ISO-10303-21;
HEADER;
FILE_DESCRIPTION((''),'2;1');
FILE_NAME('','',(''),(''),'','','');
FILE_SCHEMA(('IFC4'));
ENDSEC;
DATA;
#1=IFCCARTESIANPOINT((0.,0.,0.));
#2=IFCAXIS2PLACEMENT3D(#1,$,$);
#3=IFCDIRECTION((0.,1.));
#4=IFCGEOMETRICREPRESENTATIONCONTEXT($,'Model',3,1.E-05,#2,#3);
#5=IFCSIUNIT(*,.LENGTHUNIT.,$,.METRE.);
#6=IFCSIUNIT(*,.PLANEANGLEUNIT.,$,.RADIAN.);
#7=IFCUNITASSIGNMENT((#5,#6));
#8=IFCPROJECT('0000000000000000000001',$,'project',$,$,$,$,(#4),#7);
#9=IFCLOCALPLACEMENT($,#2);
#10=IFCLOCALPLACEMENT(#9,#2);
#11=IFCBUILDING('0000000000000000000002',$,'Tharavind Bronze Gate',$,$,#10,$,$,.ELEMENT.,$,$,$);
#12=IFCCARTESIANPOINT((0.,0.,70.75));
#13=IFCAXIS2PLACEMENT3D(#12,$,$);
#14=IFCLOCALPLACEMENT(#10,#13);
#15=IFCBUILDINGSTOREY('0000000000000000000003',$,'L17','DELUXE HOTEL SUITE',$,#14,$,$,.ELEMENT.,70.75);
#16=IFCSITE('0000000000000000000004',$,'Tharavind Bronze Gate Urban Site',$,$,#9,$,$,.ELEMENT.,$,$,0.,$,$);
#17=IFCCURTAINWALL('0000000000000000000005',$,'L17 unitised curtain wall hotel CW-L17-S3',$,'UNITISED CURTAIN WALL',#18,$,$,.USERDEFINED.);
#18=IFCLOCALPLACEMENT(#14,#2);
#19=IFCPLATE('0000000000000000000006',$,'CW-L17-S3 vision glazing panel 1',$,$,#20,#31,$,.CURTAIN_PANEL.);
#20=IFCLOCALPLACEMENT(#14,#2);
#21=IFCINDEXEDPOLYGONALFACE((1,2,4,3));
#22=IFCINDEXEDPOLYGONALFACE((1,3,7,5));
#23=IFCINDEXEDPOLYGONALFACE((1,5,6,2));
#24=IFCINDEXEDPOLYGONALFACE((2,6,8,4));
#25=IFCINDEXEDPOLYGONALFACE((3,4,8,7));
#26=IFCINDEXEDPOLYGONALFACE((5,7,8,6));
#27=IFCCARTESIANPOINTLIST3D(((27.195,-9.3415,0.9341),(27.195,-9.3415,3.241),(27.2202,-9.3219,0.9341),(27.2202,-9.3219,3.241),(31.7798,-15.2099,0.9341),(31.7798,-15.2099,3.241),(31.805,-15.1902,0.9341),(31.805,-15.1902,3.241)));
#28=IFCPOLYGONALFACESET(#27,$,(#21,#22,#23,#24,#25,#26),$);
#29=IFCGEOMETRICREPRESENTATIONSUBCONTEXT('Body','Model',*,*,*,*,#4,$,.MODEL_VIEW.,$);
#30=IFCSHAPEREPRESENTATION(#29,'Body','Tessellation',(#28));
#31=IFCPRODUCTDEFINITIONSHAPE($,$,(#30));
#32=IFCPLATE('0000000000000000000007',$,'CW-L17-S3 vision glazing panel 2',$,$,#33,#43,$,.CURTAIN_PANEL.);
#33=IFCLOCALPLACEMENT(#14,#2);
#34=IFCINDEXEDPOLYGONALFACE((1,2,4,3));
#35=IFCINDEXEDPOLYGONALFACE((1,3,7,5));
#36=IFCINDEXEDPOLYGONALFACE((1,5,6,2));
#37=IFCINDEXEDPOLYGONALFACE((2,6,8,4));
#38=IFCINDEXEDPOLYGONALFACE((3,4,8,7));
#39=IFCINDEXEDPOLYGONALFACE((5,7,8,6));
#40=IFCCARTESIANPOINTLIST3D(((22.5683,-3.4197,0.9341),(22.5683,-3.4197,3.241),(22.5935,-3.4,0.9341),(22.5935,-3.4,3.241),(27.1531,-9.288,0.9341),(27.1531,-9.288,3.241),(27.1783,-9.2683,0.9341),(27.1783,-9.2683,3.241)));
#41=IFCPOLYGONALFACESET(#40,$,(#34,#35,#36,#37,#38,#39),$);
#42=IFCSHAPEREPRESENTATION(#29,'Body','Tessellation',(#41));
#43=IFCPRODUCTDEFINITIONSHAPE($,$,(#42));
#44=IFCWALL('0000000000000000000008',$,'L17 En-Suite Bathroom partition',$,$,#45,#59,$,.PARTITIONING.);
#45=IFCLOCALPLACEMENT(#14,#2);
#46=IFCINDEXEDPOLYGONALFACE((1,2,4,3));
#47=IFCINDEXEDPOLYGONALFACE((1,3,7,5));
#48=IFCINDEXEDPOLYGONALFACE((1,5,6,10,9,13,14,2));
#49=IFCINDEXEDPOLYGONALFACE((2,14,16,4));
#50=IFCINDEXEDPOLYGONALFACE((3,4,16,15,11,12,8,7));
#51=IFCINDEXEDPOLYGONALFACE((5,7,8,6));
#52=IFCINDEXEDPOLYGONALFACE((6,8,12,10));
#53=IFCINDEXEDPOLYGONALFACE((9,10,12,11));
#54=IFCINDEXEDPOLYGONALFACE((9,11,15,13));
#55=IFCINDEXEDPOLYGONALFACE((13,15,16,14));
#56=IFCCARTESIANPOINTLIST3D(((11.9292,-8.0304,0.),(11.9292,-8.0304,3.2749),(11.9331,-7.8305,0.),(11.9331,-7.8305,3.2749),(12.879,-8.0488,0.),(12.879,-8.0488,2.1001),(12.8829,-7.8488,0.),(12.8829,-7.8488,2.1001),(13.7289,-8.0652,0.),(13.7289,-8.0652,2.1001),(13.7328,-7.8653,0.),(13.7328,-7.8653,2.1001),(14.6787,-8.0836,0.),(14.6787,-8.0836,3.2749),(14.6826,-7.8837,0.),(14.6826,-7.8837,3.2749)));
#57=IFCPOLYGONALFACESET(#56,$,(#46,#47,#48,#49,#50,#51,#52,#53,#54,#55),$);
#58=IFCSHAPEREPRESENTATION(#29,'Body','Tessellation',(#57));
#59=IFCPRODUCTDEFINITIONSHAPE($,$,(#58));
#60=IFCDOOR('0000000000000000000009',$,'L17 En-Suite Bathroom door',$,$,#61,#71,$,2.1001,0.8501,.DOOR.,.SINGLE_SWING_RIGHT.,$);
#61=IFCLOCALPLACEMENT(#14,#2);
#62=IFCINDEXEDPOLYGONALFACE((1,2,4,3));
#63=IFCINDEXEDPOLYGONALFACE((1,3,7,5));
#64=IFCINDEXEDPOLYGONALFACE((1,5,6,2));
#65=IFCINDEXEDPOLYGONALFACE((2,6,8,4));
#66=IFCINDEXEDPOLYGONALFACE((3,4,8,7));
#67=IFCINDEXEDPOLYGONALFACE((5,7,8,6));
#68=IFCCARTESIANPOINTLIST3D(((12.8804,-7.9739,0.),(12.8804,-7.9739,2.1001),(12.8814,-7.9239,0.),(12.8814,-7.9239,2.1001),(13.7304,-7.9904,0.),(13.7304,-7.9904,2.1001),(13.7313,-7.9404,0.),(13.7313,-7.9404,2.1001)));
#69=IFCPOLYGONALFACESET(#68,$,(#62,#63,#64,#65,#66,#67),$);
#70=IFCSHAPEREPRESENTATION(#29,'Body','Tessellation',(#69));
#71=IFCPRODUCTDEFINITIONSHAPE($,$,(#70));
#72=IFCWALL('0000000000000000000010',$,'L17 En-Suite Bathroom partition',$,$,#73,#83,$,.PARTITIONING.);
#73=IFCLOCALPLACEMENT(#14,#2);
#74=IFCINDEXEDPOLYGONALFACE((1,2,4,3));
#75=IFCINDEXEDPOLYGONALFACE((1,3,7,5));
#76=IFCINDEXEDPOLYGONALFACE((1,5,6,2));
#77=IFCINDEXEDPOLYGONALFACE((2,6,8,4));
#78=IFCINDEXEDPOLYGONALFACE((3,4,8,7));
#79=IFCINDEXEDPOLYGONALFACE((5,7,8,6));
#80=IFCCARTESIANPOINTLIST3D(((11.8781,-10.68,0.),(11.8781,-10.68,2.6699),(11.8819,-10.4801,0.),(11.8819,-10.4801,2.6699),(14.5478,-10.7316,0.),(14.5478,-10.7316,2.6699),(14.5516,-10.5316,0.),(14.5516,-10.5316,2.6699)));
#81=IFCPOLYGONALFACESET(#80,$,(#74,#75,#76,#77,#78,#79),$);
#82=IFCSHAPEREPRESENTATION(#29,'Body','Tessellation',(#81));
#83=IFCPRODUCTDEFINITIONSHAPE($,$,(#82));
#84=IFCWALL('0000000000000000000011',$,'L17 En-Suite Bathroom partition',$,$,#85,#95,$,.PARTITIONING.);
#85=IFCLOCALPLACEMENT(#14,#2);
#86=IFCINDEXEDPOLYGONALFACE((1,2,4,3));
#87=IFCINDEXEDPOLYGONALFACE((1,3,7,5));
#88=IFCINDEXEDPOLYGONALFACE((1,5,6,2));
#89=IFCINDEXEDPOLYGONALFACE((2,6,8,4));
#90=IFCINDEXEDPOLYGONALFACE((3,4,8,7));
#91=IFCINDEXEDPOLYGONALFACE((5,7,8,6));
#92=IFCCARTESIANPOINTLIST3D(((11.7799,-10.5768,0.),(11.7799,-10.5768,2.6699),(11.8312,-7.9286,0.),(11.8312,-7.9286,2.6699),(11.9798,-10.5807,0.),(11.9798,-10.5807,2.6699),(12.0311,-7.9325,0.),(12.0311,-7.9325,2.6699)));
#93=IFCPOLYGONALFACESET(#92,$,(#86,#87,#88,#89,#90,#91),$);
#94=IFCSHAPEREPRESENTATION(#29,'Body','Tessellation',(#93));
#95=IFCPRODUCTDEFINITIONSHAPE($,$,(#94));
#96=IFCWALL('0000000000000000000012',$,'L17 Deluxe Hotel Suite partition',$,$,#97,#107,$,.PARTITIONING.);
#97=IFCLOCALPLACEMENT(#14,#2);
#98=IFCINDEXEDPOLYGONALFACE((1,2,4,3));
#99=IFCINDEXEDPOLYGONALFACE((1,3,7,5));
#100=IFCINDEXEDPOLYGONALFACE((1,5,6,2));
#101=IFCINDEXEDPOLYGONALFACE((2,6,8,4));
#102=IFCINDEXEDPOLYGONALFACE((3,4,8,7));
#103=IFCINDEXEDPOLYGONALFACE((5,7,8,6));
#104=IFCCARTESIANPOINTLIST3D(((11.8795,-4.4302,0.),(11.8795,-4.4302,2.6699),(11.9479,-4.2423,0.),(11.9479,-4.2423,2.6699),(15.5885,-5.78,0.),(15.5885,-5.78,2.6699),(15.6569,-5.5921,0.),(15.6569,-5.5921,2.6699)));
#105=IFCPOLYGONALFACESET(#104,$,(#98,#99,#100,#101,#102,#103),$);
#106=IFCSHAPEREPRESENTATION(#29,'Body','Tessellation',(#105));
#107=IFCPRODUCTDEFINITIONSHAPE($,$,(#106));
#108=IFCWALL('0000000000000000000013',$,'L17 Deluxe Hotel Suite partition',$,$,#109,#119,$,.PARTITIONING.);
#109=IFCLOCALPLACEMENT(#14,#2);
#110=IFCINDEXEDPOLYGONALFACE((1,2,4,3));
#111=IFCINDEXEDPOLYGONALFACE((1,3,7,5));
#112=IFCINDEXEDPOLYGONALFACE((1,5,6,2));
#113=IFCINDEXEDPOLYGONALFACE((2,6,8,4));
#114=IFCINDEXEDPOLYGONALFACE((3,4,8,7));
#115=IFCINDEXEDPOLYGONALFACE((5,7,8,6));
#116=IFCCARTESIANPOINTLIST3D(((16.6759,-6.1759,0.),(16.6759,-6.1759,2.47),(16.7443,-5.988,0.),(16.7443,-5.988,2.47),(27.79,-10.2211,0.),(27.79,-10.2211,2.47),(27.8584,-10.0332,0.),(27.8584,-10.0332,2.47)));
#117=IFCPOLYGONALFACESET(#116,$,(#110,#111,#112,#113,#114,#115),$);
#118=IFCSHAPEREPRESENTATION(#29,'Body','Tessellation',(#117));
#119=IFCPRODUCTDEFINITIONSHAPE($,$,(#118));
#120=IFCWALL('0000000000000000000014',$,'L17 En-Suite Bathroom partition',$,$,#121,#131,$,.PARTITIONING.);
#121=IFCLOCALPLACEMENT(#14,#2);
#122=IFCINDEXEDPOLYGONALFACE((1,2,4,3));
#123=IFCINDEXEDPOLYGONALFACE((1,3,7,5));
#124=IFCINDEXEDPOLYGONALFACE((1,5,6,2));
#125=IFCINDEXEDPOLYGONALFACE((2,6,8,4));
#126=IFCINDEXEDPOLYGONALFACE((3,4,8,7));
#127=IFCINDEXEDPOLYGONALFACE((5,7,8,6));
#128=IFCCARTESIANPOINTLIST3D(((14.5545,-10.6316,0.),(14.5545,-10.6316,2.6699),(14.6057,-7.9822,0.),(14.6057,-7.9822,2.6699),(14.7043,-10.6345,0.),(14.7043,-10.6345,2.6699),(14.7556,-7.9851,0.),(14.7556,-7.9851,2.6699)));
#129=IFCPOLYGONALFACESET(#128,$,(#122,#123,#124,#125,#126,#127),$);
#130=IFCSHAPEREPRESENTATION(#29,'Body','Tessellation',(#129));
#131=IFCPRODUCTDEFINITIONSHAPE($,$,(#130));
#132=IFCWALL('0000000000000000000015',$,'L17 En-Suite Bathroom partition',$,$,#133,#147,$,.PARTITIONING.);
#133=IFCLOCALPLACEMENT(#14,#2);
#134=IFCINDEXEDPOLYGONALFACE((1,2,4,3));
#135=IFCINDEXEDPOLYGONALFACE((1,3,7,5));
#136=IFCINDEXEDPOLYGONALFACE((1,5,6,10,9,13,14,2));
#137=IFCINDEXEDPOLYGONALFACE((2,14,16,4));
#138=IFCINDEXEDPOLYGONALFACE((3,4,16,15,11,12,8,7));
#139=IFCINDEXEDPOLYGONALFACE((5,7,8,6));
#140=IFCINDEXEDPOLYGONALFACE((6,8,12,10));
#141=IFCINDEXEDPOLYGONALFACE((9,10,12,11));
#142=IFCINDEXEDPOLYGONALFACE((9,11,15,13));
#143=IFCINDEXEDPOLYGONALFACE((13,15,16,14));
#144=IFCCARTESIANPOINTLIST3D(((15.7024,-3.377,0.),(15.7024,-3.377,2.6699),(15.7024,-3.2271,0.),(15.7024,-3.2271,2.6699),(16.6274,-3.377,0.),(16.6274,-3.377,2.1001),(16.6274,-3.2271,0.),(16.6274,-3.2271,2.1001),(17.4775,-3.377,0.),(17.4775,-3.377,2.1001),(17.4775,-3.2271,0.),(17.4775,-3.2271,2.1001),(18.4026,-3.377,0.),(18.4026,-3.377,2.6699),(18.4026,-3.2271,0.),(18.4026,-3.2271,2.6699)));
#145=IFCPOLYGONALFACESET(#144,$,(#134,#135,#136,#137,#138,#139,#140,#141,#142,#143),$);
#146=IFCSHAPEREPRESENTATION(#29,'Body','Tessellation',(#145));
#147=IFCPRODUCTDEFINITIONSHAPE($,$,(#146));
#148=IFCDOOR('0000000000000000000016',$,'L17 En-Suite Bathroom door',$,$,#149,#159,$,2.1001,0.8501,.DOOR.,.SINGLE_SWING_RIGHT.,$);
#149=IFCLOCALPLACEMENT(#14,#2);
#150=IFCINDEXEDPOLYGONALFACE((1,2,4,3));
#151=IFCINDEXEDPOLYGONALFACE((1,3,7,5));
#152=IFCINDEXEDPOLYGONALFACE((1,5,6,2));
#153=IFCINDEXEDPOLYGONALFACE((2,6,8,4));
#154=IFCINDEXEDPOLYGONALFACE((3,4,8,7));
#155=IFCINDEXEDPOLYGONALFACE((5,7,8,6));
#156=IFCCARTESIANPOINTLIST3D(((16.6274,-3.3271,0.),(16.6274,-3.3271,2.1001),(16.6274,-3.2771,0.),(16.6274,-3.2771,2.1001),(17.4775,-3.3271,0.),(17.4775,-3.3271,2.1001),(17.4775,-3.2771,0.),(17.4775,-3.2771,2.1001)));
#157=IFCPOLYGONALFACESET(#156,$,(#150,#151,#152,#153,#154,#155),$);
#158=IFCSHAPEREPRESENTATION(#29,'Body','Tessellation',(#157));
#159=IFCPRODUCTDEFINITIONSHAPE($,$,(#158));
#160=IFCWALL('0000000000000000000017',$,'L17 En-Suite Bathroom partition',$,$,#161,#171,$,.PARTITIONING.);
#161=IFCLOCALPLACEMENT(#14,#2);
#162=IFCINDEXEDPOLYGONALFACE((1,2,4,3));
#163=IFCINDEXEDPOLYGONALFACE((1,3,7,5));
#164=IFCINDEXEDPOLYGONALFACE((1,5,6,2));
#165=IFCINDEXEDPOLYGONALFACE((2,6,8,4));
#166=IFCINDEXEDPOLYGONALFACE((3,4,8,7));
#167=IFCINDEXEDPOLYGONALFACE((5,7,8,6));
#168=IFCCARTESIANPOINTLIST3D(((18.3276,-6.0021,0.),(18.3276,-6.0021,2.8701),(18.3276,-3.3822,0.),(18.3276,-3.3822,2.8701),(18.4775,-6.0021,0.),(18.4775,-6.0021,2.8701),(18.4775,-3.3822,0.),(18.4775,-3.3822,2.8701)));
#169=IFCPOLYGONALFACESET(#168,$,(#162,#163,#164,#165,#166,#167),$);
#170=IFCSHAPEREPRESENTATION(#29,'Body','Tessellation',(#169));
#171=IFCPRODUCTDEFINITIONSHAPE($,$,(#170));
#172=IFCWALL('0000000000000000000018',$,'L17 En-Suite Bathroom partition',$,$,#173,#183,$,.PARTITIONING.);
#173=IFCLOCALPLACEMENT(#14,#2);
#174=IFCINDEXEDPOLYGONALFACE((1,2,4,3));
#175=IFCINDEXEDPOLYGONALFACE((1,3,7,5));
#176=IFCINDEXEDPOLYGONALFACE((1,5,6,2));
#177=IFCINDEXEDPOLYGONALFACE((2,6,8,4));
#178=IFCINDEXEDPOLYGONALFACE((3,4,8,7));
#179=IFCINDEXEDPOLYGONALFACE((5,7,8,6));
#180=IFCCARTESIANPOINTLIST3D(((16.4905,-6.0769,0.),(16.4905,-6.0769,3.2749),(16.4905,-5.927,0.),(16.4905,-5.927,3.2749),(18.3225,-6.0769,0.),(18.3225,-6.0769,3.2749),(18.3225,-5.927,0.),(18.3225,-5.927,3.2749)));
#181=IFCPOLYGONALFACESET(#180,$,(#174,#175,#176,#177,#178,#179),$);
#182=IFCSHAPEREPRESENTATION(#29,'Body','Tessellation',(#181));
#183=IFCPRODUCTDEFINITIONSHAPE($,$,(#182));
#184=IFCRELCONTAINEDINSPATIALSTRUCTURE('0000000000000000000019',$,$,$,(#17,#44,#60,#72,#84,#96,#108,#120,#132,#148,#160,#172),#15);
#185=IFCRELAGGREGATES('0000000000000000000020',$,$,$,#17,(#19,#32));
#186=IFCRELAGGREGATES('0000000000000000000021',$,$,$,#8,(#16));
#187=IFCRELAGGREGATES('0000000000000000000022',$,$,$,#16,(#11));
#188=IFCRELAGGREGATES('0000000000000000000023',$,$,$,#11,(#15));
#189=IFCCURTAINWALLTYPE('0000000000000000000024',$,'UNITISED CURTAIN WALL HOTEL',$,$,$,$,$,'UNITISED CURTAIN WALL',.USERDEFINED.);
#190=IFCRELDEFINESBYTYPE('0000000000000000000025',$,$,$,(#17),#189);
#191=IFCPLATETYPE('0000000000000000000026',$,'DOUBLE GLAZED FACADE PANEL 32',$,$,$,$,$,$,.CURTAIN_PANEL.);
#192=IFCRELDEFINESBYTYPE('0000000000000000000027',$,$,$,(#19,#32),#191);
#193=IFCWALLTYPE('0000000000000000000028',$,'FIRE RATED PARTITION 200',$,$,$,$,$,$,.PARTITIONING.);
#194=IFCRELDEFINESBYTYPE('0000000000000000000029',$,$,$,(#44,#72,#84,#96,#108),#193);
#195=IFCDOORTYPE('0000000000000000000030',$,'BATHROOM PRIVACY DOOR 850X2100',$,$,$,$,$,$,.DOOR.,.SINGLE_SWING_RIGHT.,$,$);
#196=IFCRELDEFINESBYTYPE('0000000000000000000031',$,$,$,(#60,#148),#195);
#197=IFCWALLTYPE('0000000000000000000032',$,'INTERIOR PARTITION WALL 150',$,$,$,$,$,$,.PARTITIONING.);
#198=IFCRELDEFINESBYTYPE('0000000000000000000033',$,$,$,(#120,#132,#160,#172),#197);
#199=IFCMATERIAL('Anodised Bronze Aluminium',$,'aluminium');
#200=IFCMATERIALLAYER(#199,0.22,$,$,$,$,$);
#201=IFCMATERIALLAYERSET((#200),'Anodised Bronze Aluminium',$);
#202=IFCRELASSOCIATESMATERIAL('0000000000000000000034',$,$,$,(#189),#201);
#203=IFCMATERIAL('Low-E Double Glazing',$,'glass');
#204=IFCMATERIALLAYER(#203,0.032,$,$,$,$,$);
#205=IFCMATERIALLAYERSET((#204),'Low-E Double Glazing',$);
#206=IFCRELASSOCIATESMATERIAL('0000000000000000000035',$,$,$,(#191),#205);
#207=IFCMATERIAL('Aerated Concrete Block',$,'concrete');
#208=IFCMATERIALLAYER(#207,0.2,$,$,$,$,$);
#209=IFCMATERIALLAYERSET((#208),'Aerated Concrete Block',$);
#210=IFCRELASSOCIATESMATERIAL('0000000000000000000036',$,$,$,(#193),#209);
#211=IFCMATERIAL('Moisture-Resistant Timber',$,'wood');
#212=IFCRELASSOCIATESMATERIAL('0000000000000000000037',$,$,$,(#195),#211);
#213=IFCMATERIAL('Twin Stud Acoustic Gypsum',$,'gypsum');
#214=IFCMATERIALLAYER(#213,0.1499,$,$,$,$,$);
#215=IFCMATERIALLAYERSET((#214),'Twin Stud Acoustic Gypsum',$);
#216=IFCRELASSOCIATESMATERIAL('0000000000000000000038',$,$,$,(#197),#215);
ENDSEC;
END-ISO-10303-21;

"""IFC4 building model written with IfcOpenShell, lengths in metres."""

from ifc_helpers import new_model, si_unit, direction, frame, frame_2d, origin, origin_2d, place, context, subcontext, project, spatial, rectangle, extrude, material, layer, layer_set, type_object, element, fill, aggregate, save


model = new_model("IFC4")

# Units and contexts
model_context = context("Model", 3, precision=1e-05, world=origin(), true_north=direction((0.0, 1.0)))
body_context = subcontext(model_context, "Body", "Model", "MODEL_VIEW")
ifc_project = project(units=[si_unit("LENGTHUNIT", "METRE"), si_unit("PLANEANGLEUNIT", "RADIAN")], contexts=[model_context])

# Site, building, storey
site_placement = place(None, origin())
site = spatial("IfcSite", under=ifc_project, at=site_placement, Name="Tharavind Bronze Gate Urban Site", CompositionType="ELEMENT", RefElevation=0.0)
building_placement = place(site_placement, origin())
building = spatial("IfcBuilding", under=site, at=building_placement, Name="Tharavind Bronze Gate", CompositionType="ELEMENT")
storey_placement = place(building_placement, frame((0.0, 0.0, 70.75)))
storey = spatial("IfcBuildingStorey", under=building, at=storey_placement, Name="L17", Description="DELUXE HOTEL SUITE", CompositionType="ELEMENT", Elevation=70.75)

# Curtain wall
ifc_material_1 = material(Name="Anodised Bronze Aluminium", Category="aluminium")
ifc_layer_1 = layer(ifc_material_1, 0.22)
ifc_layer_set_1 = layer_set([ifc_layer_1], Name="Anodised Bronze Aluminium")
curtain_wall_type = type_object("IfcCurtainWallType", Name="UNITISED CURTAIN WALL HOTEL", ElementType="UNITISED CURTAIN WALL", PredefinedType="USERDEFINED", material=ifc_layer_set_1)
curtain_wall_placement = place(storey_placement, origin())
curtain_wall = element("IfcCurtainWall", 1, at=curtain_wall_placement, inside=storey, type_object=curtain_wall_type, Name="L17 unitised curtain wall hotel CW-L17-S3", ObjectType="UNITISED CURTAIN WALL", PredefinedType="USERDEFINED")

# Plates
ifc_material_2 = material(Name="Low-E Double Glazing", Category="glass")
ifc_layer_2 = layer(ifc_material_2, 0.032)
ifc_layer_set_2 = layer_set([ifc_layer_2], Name="Low-E Double Glazing")
plate_type_1 = type_object("IfcPlateType", Name="DOUBLE GLAZED FACADE PANEL 32", PredefinedType="CURTAIN_PANEL", material=ifc_layer_set_2)
plate_1_placement = place(storey_placement, frame((29.5, -12.2659, 0.9341), z_axis=(0.0, 0.0, 1.0), x_axis=(-0.615661, 0.788011, 0.0)))
plate_1 = element("IfcPlate", 2, at=plate_1_placement, type_object=plate_type_1, Name="CW-L17-S3 vision glazing panel 1", PredefinedType="CURTAIN_PANEL", context=body_context, shape_type="SweptSolid", body=[
    extrude(rectangle(XDim=7.447, YDim=0.032, at=origin_2d()), origin(), (0.0, 0.0, 1.0), 2.3069),
])
plate_2_placement = place(storey_placement, frame((24.8733, -6.344, 0.9341), z_axis=(0.0, 0.0, 1.0), x_axis=(-0.615661, 0.788011, 0.0)))
plate_2 = element("IfcPlate", 3, at=plate_2_placement, type_object=plate_type_1, Name="CW-L17-S3 vision glazing panel 2", PredefinedType="CURTAIN_PANEL", context=body_context, shape_type="SweptSolid", body=[
    extrude(rectangle(XDim=7.447, YDim=0.032, at=origin_2d()), origin(), (0.0, 0.0, 1.0), 2.3069),
])
aggregate(curtain_wall, [plate_1, plate_2])

# Wall, opening, door
ifc_material_3 = material(Name="Aerated Concrete Block", Category="concrete")
ifc_layer_3 = layer(ifc_material_3, 0.2)
ifc_layer_set_3 = layer_set([ifc_layer_3], Name="Aerated Concrete Block")
wall_type_1 = type_object("IfcWallType", Name="FIRE RATED PARTITION 200", PredefinedType="PARTITIONING", material=ifc_layer_set_3)
wall_1_placement = place(storey_placement, frame((11.9312, -7.9304, 0.0), z_axis=(0.0, 0.0, 1.0), x_axis=(0.999813, -0.019354, 0.0)))
wall_1 = element("IfcWall", 4, at=wall_1_placement, inside=storey, type_object=wall_type_1, Name="L17 En-Suite Bathroom partition", PredefinedType="PARTITIONING", context=body_context, shape_type="SweptSolid", body=[
    extrude(rectangle(XDim=2.75, YDim=0.2, at=frame_2d((1.375, 0.0))), origin(), (0.0, 0.0, 1.0), 3.2749),
])
opening_1_placement = place(wall_1_placement, frame((0.95, 0.0, 0.0)))
opening_1 = element("IfcOpeningElement", 5, at=opening_1_placement, cuts=wall_1, PredefinedType="OPENING", context=body_context, shape_type="SweptSolid", body=[
    extrude(rectangle(XDim=0.8501, YDim=2.1001, at=frame_2d((0.425, 1.05))), frame((0.0, 0.1101, 0.0), z_axis=(0.0, -1.0, 0.0), x_axis=(1.0, 0.0, 0.0)), (0.0, 0.0, 1.0), 0.22),
])
ifc_material_4 = material(Name="Moisture-Resistant Timber", Category="wood")
door_type_1 = type_object("IfcDoorType", Name="BATHROOM PRIVACY DOOR 850X2100", OperationType="SINGLE_SWING_RIGHT", PredefinedType="DOOR", material=ifc_material_4)
door_1_placement = place(opening_1_placement, origin())
door_1 = element("IfcDoor", 6, at=door_1_placement, inside=storey, type_object=door_type_1, Name="L17 En-Suite Bathroom door", OperationType="SINGLE_SWING_RIGHT", OverallHeight=2.1001, OverallWidth=0.8501, PredefinedType="DOOR", context=body_context, shape_type="SweptSolid", body=[
    extrude(rectangle(XDim=0.8501, YDim=2.1001, at=frame_2d((0.425, 1.05))), frame((0.0, 0.0249, 0.0), z_axis=(0.0, -1.0, 0.0), x_axis=(1.0, 0.0, 0.0)), (0.0, 0.0, 1.0), 0.05),
])
fill(opening_1, door_1)

# Walls
wall_2_placement = place(storey_placement, frame((14.5496, -10.6316, 0.0), z_axis=(0.0, 0.0, 1.0), x_axis=(-0.999814, 0.019292, 0.0)))
element("IfcWall", 7, at=wall_2_placement, inside=storey, type_object=wall_type_1, Name="L17 En-Suite Bathroom partition", PredefinedType="PARTITIONING", context=body_context, shape_type="SweptSolid", body=[
    extrude(rectangle(XDim=2.6702, YDim=0.2, at=frame_2d((1.335, 0.0))), origin(), (0.0, 0.0, 1.0), 2.6699),
])
wall_3_placement = place(storey_placement, frame((11.8799, -10.5786, 0.0), z_axis=(0.0, 0.0, 1.0), x_axis=(0.019357, 0.999813, 0.0)))
element("IfcWall", 8, at=wall_3_placement, inside=storey, type_object=wall_type_1, Name="L17 En-Suite Bathroom partition", PredefinedType="PARTITIONING", context=body_context, shape_type="SweptSolid", body=[
    extrude(rectangle(XDim=2.6487, YDim=0.2, at=frame_2d((1.3242, 0.0))), origin(), (0.0, 0.0, 1.0), 2.6699),
])
wall_4_placement = place(storey_placement, frame((11.9136, -4.3362, 0.0), z_axis=(0.0, 0.0, 1.0), x_axis=(0.939701, -0.341996, 0.0)))
element("IfcWall", 9, at=wall_4_placement, inside=storey, type_object=wall_type_1, Name="L17 Deluxe Hotel Suite partition", PredefinedType="PARTITIONING", context=body_context, shape_type="SweptSolid", body=[
    extrude(rectangle(XDim=3.947, YDim=0.2, at=frame_2d((1.9736, 0.0))), origin(), (0.0, 0.0, 1.0), 2.6699),
])
wall_5_placement = place(storey_placement, frame((16.7102, -6.082, 0.0), z_axis=(0.0, 0.0, 1.0), x_axis=(0.939695, -0.342013, 0.0)))
element("IfcWall", 10, at=wall_5_placement, inside=storey, type_object=wall_type_1, Name="L17 Deluxe Hotel Suite partition", PredefinedType="PARTITIONING", context=body_context, shape_type="SweptSolid", body=[
    extrude(rectangle(XDim=11.8274, YDim=0.2, at=frame_2d((5.9136, 0.0))), origin(), (0.0, 0.0, 1.0), 2.47),
])

# Wall
ifc_material_5 = material(Name="Twin Stud Acoustic Gypsum", Category="gypsum")
ifc_layer_4 = layer(ifc_material_5, 0.1499)
ifc_layer_set_4 = layer_set([ifc_layer_4], Name="Twin Stud Acoustic Gypsum")
wall_type_2 = type_object("IfcWallType", Name="INTERIOR PARTITION WALL 150", PredefinedType="PARTITIONING", material=ifc_layer_set_4)
wall_6_placement = place(storey_placement, frame((14.6807, -7.9836, 0.0), z_axis=(0.0, 0.0, 1.0), x_axis=(-0.019348, -0.999813, 0.0)))
element("IfcWall", 11, at=wall_6_placement, inside=storey, type_object=wall_type_2, Name="L17 En-Suite Bathroom partition", PredefinedType="PARTITIONING", context=body_context, shape_type="SweptSolid", body=[
    extrude(rectangle(XDim=2.6499, YDim=0.1499, at=frame_2d((1.325, 0.0))), origin(), (0.0, 0.0, 1.0), 2.6699),
])

# Wall, opening, door
wall_7_placement = place(storey_placement, frame((15.7024, -3.302, 0.0), z_axis=(0.0, 0.0, 1.0), x_axis=(1.0, 0.0, 0.0)))
wall_7 = element("IfcWall", 12, at=wall_7_placement, inside=storey, type_object=wall_type_2, Name="L17 En-Suite Bathroom partition", PredefinedType="PARTITIONING", context=body_context, shape_type="SweptSolid", body=[
    extrude(rectangle(XDim=2.7002, YDim=0.1499, at=frame_2d((1.3501, 0.0))), origin(), (0.0, 0.0, 1.0), 2.6699),
])
opening_2_placement = place(wall_7_placement, frame((0.925, 0.0, 0.0)))
opening_2 = element("IfcOpeningElement", 13, at=opening_2_placement, cuts=wall_7, PredefinedType="OPENING", context=body_context, shape_type="SweptSolid", body=[
    extrude(rectangle(XDim=0.8501, YDim=2.1001, at=frame_2d((0.425, 1.05))), frame((0.0, 0.085, 0.0), z_axis=(0.0, -1.0, 0.0), x_axis=(1.0, 0.0, 0.0)), (0.0, 0.0, 1.0), 0.1699),
])
door_2_placement = place(opening_2_placement, origin())
door_2 = element("IfcDoor", 14, at=door_2_placement, inside=storey, type_object=door_type_1, Name="L17 En-Suite Bathroom door", OperationType="SINGLE_SWING_RIGHT", OverallHeight=2.1001, OverallWidth=0.8501, PredefinedType="DOOR", context=body_context, shape_type="SweptSolid", body=[
    extrude(rectangle(XDim=0.8501, YDim=2.1001, at=frame_2d((0.425, 1.05))), frame((0.0, 0.0249, 0.0), z_axis=(0.0, -1.0, 0.0), x_axis=(1.0, 0.0, 0.0)), (0.0, 0.0, 1.0), 0.05),
])
fill(opening_2, door_2)

# Walls
wall_8_placement = place(storey_placement, frame((18.4026, -3.3821, 0.0), z_axis=(0.0, 0.0, 1.0), x_axis=(0.0, -1.0, 0.0)))
element("IfcWall", 15, at=wall_8_placement, inside=storey, type_object=wall_type_2, Name="L17 En-Suite Bathroom partition", PredefinedType="PARTITIONING", context=body_context, shape_type="SweptSolid", body=[
    extrude(rectangle(XDim=2.6199, YDim=0.1499, at=frame_2d((1.3101, 0.0))), origin(), (0.0, 0.0, 1.0), 2.8701),
])
wall_9_placement = place(storey_placement, frame((18.3225, -6.002, 0.0), z_axis=(0.0, 0.0, 1.0), x_axis=(-1.0, 0.0, 0.0)))
element("IfcWall", 16, at=wall_9_placement, inside=storey, type_object=wall_type_2, Name="L17 En-Suite Bathroom partition", PredefinedType="PARTITIONING", context=body_context, shape_type="SweptSolid", body=[
    extrude(rectangle(XDim=1.832, YDim=0.1499, at=frame_2d((0.916, 0.0))), origin(), (0.0, 0.0, 1.0), 3.2749),
])

save(model, "model.ifc")
